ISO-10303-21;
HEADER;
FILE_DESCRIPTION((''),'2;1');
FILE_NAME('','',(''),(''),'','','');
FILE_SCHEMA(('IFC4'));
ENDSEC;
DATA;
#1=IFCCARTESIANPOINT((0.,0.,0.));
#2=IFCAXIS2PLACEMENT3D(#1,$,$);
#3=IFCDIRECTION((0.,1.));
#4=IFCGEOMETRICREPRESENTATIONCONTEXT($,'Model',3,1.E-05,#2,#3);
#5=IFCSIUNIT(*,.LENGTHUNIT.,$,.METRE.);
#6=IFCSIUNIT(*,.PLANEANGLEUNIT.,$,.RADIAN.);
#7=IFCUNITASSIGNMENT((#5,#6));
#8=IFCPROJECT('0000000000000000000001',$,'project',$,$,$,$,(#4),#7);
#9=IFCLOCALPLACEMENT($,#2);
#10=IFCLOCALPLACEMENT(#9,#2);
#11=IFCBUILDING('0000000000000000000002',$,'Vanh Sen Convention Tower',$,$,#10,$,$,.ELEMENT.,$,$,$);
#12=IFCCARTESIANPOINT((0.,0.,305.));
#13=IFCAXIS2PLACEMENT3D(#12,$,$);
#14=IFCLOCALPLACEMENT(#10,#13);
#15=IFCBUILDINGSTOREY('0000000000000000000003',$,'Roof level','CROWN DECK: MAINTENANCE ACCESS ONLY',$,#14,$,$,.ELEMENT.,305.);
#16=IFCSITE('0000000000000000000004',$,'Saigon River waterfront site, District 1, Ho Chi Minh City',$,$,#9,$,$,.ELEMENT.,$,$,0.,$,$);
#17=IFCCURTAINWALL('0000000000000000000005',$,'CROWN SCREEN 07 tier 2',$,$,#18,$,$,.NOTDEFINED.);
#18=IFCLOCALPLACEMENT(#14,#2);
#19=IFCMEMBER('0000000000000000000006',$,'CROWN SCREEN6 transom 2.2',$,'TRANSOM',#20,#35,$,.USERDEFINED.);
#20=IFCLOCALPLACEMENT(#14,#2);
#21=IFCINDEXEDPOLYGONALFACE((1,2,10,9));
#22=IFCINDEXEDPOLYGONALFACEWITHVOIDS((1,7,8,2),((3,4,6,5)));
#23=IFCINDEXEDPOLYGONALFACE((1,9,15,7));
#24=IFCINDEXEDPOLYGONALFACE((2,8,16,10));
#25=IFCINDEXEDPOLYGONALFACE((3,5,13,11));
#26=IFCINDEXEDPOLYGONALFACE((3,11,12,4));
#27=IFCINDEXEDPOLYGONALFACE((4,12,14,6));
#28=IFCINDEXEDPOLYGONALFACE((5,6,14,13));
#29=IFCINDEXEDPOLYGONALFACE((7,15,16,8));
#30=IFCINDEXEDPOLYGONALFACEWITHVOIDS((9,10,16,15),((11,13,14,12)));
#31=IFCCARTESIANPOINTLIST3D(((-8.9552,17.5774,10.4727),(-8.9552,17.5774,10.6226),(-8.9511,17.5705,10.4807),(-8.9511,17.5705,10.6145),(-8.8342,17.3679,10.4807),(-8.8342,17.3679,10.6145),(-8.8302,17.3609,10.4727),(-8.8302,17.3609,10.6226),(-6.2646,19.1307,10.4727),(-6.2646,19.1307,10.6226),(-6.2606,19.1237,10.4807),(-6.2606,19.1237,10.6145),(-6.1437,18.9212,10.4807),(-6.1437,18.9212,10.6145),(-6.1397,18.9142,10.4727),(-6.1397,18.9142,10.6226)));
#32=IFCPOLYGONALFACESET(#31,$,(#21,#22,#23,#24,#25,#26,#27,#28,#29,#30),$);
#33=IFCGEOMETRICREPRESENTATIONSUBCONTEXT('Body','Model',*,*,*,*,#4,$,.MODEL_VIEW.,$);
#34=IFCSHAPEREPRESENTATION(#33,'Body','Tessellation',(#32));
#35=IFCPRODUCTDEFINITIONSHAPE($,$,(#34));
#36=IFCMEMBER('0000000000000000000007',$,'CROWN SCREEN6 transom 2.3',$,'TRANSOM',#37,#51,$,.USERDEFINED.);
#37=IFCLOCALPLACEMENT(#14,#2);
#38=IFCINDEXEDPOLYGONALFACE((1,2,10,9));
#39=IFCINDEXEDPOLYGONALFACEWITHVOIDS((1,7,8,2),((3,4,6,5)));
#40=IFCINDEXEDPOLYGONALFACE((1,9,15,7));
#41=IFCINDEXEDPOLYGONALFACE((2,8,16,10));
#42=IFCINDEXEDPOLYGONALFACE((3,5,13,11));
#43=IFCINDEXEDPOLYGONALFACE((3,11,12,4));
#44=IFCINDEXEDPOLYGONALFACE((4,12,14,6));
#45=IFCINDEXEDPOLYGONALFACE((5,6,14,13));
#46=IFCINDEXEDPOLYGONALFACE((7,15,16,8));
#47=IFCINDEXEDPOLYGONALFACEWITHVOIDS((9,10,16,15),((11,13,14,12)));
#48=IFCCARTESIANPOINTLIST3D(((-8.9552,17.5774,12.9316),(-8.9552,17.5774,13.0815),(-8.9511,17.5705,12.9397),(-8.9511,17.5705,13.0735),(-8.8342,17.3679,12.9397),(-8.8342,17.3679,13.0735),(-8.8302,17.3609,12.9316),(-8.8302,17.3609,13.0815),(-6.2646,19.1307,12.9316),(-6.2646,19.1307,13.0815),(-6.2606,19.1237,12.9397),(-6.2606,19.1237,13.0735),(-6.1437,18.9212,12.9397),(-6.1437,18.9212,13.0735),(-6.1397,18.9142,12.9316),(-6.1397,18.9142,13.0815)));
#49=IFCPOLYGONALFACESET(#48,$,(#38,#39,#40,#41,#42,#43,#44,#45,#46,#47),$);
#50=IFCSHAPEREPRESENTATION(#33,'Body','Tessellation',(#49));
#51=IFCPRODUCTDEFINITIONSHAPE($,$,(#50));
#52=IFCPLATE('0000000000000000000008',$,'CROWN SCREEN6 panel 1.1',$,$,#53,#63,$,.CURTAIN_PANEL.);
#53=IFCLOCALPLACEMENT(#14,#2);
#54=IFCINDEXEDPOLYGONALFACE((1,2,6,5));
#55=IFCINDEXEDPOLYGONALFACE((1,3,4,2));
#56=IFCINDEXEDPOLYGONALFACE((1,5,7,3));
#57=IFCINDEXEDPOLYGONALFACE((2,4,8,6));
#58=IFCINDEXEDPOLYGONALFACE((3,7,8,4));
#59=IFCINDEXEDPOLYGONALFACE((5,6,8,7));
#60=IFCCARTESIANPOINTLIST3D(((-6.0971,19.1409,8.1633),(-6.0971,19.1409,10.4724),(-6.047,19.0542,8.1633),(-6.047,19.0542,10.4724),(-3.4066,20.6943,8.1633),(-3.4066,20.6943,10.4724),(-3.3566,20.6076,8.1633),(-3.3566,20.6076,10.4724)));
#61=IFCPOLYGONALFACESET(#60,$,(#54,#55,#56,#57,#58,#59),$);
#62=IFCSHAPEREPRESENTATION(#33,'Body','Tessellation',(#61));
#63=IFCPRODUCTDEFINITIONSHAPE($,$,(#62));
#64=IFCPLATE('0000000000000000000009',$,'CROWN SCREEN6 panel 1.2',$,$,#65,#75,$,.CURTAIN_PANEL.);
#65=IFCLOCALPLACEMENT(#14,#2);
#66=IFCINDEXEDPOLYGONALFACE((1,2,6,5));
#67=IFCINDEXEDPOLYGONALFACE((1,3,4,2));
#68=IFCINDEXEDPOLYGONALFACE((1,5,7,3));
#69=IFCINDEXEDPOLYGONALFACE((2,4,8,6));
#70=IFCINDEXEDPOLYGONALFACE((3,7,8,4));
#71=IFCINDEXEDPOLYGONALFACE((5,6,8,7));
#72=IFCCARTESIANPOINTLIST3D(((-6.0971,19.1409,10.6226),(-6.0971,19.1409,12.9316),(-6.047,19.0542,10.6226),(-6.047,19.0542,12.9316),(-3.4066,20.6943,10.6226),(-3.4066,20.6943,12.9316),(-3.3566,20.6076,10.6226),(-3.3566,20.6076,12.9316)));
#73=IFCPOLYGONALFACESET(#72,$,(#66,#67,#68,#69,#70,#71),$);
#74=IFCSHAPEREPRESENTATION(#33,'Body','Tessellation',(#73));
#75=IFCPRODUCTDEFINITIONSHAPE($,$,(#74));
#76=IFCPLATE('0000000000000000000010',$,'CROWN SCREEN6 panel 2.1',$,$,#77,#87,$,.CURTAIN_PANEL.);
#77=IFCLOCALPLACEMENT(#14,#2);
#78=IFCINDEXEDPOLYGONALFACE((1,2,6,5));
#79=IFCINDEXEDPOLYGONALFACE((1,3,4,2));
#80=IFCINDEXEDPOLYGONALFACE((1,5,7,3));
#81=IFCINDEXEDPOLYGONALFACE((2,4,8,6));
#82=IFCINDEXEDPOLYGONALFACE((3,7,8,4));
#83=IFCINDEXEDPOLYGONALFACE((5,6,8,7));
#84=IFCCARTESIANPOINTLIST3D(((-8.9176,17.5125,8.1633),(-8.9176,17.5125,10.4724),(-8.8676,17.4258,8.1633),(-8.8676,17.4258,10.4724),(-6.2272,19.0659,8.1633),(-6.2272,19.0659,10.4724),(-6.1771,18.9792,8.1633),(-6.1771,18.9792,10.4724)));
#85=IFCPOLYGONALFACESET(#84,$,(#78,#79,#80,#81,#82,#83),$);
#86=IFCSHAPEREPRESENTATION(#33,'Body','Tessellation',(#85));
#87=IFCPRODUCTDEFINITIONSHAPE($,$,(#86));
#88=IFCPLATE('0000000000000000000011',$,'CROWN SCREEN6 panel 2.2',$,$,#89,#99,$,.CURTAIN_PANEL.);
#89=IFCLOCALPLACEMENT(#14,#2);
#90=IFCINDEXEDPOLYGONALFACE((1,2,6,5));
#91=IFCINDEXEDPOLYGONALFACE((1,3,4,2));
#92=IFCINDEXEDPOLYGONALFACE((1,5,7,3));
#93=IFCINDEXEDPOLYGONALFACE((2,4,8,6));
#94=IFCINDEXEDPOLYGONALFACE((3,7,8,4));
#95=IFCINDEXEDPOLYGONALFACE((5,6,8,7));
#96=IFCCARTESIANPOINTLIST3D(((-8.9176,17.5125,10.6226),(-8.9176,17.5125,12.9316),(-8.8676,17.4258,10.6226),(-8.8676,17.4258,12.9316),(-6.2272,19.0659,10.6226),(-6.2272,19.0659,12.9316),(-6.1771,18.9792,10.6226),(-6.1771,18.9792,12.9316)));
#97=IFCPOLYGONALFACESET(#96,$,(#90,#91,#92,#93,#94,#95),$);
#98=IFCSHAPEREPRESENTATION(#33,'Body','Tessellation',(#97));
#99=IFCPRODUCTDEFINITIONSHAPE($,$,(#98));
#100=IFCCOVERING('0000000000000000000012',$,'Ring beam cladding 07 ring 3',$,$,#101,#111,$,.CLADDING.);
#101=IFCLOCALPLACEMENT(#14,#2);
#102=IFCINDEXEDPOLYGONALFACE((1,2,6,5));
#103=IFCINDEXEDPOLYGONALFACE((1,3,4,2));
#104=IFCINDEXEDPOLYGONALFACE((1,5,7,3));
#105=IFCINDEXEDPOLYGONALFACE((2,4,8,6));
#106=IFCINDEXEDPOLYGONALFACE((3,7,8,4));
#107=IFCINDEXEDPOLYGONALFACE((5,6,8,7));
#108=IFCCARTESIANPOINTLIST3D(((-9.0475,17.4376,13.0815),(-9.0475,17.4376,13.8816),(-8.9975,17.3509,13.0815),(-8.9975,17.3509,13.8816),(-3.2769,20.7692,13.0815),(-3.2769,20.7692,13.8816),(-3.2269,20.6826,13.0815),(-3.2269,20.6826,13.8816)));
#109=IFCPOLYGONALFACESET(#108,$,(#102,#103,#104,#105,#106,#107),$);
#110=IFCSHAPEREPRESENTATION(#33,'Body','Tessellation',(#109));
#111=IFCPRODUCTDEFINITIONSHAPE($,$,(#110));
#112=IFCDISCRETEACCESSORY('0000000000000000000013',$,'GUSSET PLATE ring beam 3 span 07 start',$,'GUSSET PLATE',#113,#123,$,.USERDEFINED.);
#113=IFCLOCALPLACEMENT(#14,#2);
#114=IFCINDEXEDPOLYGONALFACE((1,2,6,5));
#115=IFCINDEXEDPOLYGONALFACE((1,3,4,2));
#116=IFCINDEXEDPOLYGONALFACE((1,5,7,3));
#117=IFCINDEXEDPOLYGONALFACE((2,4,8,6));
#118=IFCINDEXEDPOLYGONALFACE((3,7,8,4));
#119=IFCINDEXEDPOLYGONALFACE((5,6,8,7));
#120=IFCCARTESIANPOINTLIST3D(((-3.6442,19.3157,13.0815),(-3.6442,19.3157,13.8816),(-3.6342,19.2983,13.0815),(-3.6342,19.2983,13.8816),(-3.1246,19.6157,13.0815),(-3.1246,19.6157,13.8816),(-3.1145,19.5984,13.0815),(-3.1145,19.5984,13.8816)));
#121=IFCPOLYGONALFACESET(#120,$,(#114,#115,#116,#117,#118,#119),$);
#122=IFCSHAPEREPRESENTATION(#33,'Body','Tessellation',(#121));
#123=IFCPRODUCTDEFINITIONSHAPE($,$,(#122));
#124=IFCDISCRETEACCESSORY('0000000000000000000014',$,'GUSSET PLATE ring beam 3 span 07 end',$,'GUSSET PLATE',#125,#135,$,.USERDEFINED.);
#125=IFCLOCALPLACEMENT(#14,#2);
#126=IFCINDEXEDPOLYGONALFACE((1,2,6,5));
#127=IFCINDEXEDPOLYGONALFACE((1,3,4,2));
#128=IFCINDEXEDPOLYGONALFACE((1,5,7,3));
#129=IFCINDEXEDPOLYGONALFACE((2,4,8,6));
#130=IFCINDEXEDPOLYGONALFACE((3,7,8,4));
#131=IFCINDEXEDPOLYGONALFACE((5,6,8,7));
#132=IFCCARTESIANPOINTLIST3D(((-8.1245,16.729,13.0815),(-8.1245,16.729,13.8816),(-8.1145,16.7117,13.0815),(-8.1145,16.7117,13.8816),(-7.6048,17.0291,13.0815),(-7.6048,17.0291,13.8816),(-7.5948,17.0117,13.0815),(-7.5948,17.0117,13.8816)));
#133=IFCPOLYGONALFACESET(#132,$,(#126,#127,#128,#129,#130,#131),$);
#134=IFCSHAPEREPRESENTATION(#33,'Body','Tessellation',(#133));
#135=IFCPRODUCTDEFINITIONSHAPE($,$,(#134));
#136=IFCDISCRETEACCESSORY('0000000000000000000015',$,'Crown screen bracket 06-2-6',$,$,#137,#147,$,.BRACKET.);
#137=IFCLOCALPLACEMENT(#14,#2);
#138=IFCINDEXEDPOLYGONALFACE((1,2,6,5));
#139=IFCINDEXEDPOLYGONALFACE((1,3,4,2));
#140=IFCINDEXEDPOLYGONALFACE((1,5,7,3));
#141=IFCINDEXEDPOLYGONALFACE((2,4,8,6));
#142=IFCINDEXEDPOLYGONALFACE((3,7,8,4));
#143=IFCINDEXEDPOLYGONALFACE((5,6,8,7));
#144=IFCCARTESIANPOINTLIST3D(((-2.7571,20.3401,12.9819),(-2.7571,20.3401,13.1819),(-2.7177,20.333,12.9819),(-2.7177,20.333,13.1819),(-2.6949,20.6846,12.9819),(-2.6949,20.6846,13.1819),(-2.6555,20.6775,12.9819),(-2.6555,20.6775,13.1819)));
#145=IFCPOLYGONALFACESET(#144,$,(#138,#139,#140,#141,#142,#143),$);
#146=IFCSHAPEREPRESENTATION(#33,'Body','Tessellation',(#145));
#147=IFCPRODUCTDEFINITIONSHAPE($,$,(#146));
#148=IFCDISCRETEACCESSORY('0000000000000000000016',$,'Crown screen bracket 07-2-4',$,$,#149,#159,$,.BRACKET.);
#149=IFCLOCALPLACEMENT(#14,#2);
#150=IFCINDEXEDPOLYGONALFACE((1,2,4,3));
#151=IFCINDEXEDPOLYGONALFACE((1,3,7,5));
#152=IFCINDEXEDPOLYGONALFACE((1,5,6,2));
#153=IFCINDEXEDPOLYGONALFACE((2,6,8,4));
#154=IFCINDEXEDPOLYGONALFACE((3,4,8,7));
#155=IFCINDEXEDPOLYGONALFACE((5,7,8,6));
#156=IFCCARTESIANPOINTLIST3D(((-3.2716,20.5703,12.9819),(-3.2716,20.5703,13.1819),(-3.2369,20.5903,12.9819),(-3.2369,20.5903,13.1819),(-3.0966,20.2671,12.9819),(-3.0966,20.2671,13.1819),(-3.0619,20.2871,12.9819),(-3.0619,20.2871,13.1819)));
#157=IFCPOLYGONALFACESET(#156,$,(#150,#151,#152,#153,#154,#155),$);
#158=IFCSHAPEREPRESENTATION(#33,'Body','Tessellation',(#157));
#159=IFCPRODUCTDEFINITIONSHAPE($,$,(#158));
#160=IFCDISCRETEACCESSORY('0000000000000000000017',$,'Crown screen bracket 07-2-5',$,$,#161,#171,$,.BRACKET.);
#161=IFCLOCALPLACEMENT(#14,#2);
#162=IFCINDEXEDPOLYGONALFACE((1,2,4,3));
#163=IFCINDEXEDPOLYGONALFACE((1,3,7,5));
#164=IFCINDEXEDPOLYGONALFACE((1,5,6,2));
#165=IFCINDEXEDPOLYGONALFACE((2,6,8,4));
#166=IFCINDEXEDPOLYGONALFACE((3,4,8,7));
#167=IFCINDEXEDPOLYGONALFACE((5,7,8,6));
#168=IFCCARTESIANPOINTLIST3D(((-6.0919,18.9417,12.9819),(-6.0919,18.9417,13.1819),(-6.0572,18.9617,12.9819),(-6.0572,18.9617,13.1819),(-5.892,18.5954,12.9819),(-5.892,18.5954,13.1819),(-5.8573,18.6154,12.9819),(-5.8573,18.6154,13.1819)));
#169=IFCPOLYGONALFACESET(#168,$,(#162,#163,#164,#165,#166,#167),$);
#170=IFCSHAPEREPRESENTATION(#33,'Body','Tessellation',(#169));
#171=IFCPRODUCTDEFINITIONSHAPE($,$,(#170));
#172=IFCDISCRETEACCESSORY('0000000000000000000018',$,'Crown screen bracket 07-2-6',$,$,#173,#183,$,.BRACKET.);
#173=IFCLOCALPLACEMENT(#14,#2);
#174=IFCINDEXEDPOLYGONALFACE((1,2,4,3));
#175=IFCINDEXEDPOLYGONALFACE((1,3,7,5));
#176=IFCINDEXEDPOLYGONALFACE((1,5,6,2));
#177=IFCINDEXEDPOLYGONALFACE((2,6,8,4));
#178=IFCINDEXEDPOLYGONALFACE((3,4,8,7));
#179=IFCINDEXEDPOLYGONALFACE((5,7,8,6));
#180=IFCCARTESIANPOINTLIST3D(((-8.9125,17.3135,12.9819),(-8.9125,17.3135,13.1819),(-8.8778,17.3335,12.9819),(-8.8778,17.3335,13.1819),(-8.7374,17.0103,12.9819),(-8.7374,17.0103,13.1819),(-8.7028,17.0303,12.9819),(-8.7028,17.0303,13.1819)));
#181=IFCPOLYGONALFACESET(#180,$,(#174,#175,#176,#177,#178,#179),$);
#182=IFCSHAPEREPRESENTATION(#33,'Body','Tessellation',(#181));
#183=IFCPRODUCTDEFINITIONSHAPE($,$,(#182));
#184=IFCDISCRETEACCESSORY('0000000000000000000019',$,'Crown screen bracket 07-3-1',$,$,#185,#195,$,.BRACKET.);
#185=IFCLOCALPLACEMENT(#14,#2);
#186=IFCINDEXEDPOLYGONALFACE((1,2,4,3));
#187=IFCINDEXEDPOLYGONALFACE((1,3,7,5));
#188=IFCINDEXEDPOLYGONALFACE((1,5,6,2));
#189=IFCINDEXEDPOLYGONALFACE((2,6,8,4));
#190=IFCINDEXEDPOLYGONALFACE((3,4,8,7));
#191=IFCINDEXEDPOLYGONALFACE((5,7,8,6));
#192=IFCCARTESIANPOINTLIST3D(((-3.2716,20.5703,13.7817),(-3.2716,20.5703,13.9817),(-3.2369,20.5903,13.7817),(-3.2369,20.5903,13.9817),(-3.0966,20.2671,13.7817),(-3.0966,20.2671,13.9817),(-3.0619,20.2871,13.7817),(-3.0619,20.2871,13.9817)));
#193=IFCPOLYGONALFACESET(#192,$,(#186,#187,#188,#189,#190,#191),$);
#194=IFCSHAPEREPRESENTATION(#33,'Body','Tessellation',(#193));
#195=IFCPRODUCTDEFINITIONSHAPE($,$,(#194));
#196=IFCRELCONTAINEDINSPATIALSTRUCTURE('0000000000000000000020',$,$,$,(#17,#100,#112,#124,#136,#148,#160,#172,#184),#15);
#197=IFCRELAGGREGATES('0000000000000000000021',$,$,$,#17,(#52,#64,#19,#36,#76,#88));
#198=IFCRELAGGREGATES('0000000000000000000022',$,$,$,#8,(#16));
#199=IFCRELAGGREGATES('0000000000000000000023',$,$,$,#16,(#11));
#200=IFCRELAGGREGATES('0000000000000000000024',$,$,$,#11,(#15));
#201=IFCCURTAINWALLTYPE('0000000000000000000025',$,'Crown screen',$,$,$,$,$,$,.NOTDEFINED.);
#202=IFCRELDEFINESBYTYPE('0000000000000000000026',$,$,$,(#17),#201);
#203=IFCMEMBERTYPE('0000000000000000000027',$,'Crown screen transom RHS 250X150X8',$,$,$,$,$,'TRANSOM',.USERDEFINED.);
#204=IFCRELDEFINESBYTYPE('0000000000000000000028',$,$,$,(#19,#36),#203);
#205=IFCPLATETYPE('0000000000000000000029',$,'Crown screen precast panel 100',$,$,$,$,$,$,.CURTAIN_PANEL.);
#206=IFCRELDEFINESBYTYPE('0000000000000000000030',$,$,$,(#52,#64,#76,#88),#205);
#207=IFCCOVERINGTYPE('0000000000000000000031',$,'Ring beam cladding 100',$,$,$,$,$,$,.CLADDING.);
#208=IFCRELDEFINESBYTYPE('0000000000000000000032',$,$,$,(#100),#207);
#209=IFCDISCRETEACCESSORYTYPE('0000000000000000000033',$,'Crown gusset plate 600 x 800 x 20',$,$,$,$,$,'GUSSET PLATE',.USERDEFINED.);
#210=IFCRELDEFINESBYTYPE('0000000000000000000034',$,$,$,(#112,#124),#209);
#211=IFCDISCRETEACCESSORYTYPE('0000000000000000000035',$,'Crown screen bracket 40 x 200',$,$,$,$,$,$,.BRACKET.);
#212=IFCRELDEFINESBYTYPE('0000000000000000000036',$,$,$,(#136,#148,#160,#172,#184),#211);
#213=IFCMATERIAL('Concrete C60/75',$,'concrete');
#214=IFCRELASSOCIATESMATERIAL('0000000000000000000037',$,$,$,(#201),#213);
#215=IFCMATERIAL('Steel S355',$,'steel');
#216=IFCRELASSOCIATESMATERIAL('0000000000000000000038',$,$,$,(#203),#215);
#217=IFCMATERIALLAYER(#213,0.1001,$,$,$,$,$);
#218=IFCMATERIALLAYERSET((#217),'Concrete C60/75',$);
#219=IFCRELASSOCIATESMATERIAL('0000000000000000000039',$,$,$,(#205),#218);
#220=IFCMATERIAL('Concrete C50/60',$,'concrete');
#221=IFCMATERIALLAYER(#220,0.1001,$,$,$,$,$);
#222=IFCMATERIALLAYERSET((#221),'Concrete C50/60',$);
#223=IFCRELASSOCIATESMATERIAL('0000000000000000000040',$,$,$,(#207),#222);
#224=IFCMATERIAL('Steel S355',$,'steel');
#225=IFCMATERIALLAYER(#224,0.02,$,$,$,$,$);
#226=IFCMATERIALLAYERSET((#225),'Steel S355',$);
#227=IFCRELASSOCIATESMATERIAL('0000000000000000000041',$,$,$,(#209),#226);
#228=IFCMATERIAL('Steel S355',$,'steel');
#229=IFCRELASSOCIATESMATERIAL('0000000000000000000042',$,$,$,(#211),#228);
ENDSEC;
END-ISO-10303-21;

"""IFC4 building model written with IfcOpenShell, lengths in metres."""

from ifc_helpers import new_model, si_unit, direction, frame, origin, origin_2d, place, context, subcontext, project, spatial, rectangle, hollow_rectangle, extrude, material, layer, layer_set, material_profile, profile_set, type_object, element, aggregate, save


model = new_model("IFC4")

# Units and contexts
model_context = context("Model", 3, precision=1e-05, world=origin(), true_north=direction((0.0, 1.0)))
body_context = subcontext(model_context, "Body", "Model", "MODEL_VIEW")
ifc_project = project(units=[si_unit("LENGTHUNIT", "METRE"), si_unit("PLANEANGLEUNIT", "RADIAN")], contexts=[model_context])

# Site, building, storey
site_placement = place(None, origin())
site = spatial("IfcSite", under=ifc_project, at=site_placement, Name="Saigon River waterfront site, District 1, Ho Chi Minh City", CompositionType="ELEMENT", RefElevation=0.0)
building_placement = place(site_placement, origin())
building = spatial("IfcBuilding", under=site, at=building_placement, Name="Vanh Sen Convention Tower", CompositionType="ELEMENT")
storey_placement = place(building_placement, frame((0.0, 0.0, 305.0)))
storey = spatial("IfcBuildingStorey", under=building, at=storey_placement, Name="Roof level", Description="CROWN DECK: MAINTENANCE ACCESS ONLY", CompositionType="ELEMENT", Elevation=305.0)

# Shared definitions
ifc_material_1 = material(Name="Concrete C60/75", Category="concrete")
curtain_wall_type = type_object("IfcCurtainWallType", Name="Crown screen", PredefinedType="NOTDEFINED", material=ifc_material_1)
ifc_material_2 = material(Name="Steel S355", Category="steel")

# Curtain wall, members, plates
curtain_wall_1_placement = place(storey_placement, origin())
curtain_wall_1 = element("IfcCurtainWall", 1, at=curtain_wall_1_placement, inside=storey, type_object=curtain_wall_type, Name="CROWN SCREEN 07 tier 2", PredefinedType="NOTDEFINED")
ifc_material_profile_1 = material_profile(ifc_material_2, hollow_rectangle(XDim=0.25, YDim=0.1499, WallThickness=0.0081, at=origin_2d()), Name="RHS 250X150X8")
ifc_profile_set_1 = profile_set([ifc_material_profile_1], Name="Steel S355")
member_type_1 = type_object("IfcMemberType", Name="Crown screen transom RHS 250X150X8", ElementType="TRANSOM", PredefinedType="USERDEFINED", material=ifc_profile_set_1)
member_1_placement = place(storey_placement, frame((-6.2021, 19.0225, 10.5476), z_axis=(-0.866039, -0.499976, 0.0), x_axis=(0.499976, -0.866039, 0.0)))
member_1 = element("IfcMember", 2, at=member_1_placement, type_object=member_type_1, Name="CROWN SCREEN6 transom 2.2", ObjectType="TRANSOM", PredefinedType="USERDEFINED", context=body_context, shape_type="SweptSolid", body=[
    extrude(hollow_rectangle(XDim=0.25, YDim=0.1499, WallThickness=0.0081, at=origin_2d()), origin(), (0.0, 0.0, 1.0), 3.1067),
])
member_2_placement = place(storey_placement, frame((-6.2021, 19.0225, 13.0066), z_axis=(-0.866039, -0.499976, 0.0), x_axis=(0.499976, -0.866039, 0.0)))
member_2 = element("IfcMember", 3, at=member_2_placement, type_object=member_type_1, Name="CROWN SCREEN6 transom 2.3", ObjectType="TRANSOM", PredefinedType="USERDEFINED", context=body_context, shape_type="SweptSolid", body=[
    extrude(hollow_rectangle(XDim=0.25, YDim=0.1499, WallThickness=0.0081, at=origin_2d()), origin(), (0.0, 0.0, 1.0), 3.1067),
])
ifc_layer_1 = layer(ifc_material_1, 0.1001)
ifc_layer_set_1 = layer_set([ifc_layer_1], Name="Concrete C60/75")
plate_type = type_object("IfcPlateType", Name="Crown screen precast panel 100", PredefinedType="CURTAIN_PANEL", material=ifc_layer_set_1)
plate_1_placement = place(storey_placement, frame((-4.7268, 19.8743, 8.1633), z_axis=(0.0, 0.0, 1.0), x_axis=(-0.866023, -0.500005, 0.0)))
plate_1 = element("IfcPlate", 4, at=plate_1_placement, type_object=plate_type, Name="CROWN SCREEN6 panel 1.1", PredefinedType="CURTAIN_PANEL", context=body_context, shape_type="SweptSolid", body=[
    extrude(rectangle(XDim=3.1067, YDim=0.1001, at=origin_2d()), origin(), (0.0, 0.0, 1.0), 2.3091),
])
plate_2_placement = place(storey_placement, frame((-4.7268, 19.8743, 10.6226), z_axis=(0.0, 0.0, 1.0), x_axis=(-0.866023, -0.500005, 0.0)))
plate_2 = element("IfcPlate", 5, at=plate_2_placement, type_object=plate_type, Name="CROWN SCREEN6 panel 1.2", PredefinedType="CURTAIN_PANEL", context=body_context, shape_type="SweptSolid", body=[
    extrude(rectangle(XDim=3.1067, YDim=0.1001, at=origin_2d()), origin(), (0.0, 0.0, 1.0), 2.3091),
])
plate_3_placement = place(storey_placement, frame((-7.5474, 18.2458, 8.1633), z_axis=(0.0, 0.0, 1.0), x_axis=(-0.866023, -0.500005, 0.0)))
plate_3 = element("IfcPlate", 6, at=plate_3_placement, type_object=plate_type, Name="CROWN SCREEN6 panel 2.1", PredefinedType="CURTAIN_PANEL", context=body_context, shape_type="SweptSolid", body=[
    extrude(rectangle(XDim=3.1067, YDim=0.1001, at=origin_2d()), origin(), (0.0, 0.0, 1.0), 2.3091),
])
plate_4_placement = place(storey_placement, frame((-7.5474, 18.2458, 10.6226), z_axis=(0.0, 0.0, 1.0), x_axis=(-0.866023, -0.500005, 0.0)))
plate_4 = element("IfcPlate", 7, at=plate_4_placement, type_object=plate_type, Name="CROWN SCREEN6 panel 2.2", PredefinedType="CURTAIN_PANEL", context=body_context, shape_type="SweptSolid", body=[
    extrude(rectangle(XDim=3.1067, YDim=0.1001, at=origin_2d()), origin(), (0.0, 0.0, 1.0), 2.3091),
])
aggregate(curtain_wall_1, [plate_1, plate_2, member_1, member_2, plate_3, plate_4])

# Covering
ifc_material_3 = material(Name="Concrete C50/60", Category="concrete")
ifc_layer_2 = layer(ifc_material_3, 0.1001)
ifc_layer_set_2 = layer_set([ifc_layer_2], Name="Concrete C50/60")
covering_type = type_object("IfcCoveringType", Name="Ring beam cladding 100", PredefinedType="CLADDING", material=ifc_layer_set_2)
covering_placement = place(storey_placement, frame((-6.1372, 19.0601, 13.0815), z_axis=(0.0, 0.0, 1.0), x_axis=(-0.866023, -0.500005, 0.0)))
element("IfcCovering", 8, at=covering_placement, inside=storey, type_object=covering_type, Name="Ring beam cladding 07 ring 3", PredefinedType="CLADDING", context=body_context, shape_type="SweptSolid", body=[
    extrude(rectangle(XDim=6.6633, YDim=0.1001, at=origin_2d()), origin(), (0.0, 0.0, 1.0), 0.8),
])

# Discrete accessories
ifc_material_4 = material(Name="Steel S355", Category="steel")
ifc_layer_3 = layer(ifc_material_4, 0.02)
ifc_layer_set_3 = layer_set([ifc_layer_3], Name="Steel S355")
discrete_accessory_type_1 = type_object("IfcDiscreteAccessoryType", Name="Crown gusset plate 600 x 800 x 20", ElementType="GUSSET PLATE", PredefinedType="USERDEFINED", material=ifc_layer_set_3)
for number, where, z_axis, x_axis, name in (
    (9, (-3.3794, 19.457, 13.0815), (0.0, 0.0, 1.0), (-0.866023, -0.500005, 0.0), "GUSSET PLATE ring beam 3 span 07 start"),
    (10, (-7.8596, 16.8704, 13.0815), (0.0, 0.0, 1.0), (0.866023, 0.500005, 0.0), "GUSSET PLATE ring beam 3 span 07 end"),
):
    element("IfcDiscreteAccessory", number, at=place(storey_placement, frame(where, z_axis=z_axis, x_axis=x_axis)), inside=storey, type_object=discrete_accessory_type_1, Name=name, ObjectType="GUSSET PLATE", PredefinedType="USERDEFINED", context=body_context, shape_type="SweptSolid", body=[
        extrude(rectangle(XDim=0.6001, YDim=0.02, at=origin_2d()), origin(), (0.0, 0.0, 1.0), 0.8),
    ])
ifc_material_5 = material(Name="Steel S355", Category="steel")
discrete_accessory_type_2 = type_object("IfcDiscreteAccessoryType", Name="Crown screen bracket 40 x 200", PredefinedType="BRACKET", material=ifc_material_5)
for number, where, z_axis, x_axis, name in (
    (11, (-2.7063, 20.5088, 12.9819), (0.0, 0.0, 1.0), (0.177495, 0.984122, 0.0), "Crown screen bracket 06-2-6"),
    (12, (-3.1667, 20.4287, 12.9819), (0.0, 0.0, 1.0), (-0.500005, 0.866023, 0.0), "Crown screen bracket 07-2-4"),
):
    element("IfcDiscreteAccessory", number, at=place(storey_placement, frame(where, z_axis=z_axis, x_axis=x_axis)), inside=storey, type_object=discrete_accessory_type_2, Name=name, PredefinedType="BRACKET", context=body_context, shape_type="SweptSolid", body=[
        extrude(rectangle(XDim=0.3501, YDim=0.04, at=origin_2d()), origin(), (0.0, 0.0, 1.0), 0.2),
    ])
discrete_accessory_1_placement = place(storey_placement, frame((-5.9746, 18.7786, 12.9819), z_axis=(0.0, 0.0, 1.0), x_axis=(-0.500005, 0.866023, 0.0)))
element("IfcDiscreteAccessory", 13, at=discrete_accessory_1_placement, inside=storey, type_object=discrete_accessory_type_2, Name="Crown screen bracket 07-2-5", PredefinedType="BRACKET", context=body_context, shape_type="SweptSolid", body=[
    extrude(rectangle(XDim=0.3999, YDim=0.04, at=origin_2d()), origin(), (0.0, 0.0, 1.0), 0.2),
])
for number, where, z_axis, x_axis, name in (
    (14, (-8.8076, 17.1719, 12.9819), (0.0, 0.0, 1.0), (-0.500005, 0.866023, 0.0), "Crown screen bracket 07-2-6"),
    (15, (-3.1667, 20.4287, 13.7817), (0.0, 0.0, 1.0), (-0.500005, 0.866023, 0.0), "Crown screen bracket 07-3-1"),
):
    element("IfcDiscreteAccessory", number, at=place(storey_placement, frame(where, z_axis=z_axis, x_axis=x_axis)), inside=storey, type_object=discrete_accessory_type_2, Name=name, PredefinedType="BRACKET", context=body_context, shape_type="SweptSolid", body=[
        extrude(rectangle(XDim=0.3501, YDim=0.04, at=origin_2d()), origin(), (0.0, 0.0, 1.0), 0.2),
    ])

save(model, "model.ifc")
